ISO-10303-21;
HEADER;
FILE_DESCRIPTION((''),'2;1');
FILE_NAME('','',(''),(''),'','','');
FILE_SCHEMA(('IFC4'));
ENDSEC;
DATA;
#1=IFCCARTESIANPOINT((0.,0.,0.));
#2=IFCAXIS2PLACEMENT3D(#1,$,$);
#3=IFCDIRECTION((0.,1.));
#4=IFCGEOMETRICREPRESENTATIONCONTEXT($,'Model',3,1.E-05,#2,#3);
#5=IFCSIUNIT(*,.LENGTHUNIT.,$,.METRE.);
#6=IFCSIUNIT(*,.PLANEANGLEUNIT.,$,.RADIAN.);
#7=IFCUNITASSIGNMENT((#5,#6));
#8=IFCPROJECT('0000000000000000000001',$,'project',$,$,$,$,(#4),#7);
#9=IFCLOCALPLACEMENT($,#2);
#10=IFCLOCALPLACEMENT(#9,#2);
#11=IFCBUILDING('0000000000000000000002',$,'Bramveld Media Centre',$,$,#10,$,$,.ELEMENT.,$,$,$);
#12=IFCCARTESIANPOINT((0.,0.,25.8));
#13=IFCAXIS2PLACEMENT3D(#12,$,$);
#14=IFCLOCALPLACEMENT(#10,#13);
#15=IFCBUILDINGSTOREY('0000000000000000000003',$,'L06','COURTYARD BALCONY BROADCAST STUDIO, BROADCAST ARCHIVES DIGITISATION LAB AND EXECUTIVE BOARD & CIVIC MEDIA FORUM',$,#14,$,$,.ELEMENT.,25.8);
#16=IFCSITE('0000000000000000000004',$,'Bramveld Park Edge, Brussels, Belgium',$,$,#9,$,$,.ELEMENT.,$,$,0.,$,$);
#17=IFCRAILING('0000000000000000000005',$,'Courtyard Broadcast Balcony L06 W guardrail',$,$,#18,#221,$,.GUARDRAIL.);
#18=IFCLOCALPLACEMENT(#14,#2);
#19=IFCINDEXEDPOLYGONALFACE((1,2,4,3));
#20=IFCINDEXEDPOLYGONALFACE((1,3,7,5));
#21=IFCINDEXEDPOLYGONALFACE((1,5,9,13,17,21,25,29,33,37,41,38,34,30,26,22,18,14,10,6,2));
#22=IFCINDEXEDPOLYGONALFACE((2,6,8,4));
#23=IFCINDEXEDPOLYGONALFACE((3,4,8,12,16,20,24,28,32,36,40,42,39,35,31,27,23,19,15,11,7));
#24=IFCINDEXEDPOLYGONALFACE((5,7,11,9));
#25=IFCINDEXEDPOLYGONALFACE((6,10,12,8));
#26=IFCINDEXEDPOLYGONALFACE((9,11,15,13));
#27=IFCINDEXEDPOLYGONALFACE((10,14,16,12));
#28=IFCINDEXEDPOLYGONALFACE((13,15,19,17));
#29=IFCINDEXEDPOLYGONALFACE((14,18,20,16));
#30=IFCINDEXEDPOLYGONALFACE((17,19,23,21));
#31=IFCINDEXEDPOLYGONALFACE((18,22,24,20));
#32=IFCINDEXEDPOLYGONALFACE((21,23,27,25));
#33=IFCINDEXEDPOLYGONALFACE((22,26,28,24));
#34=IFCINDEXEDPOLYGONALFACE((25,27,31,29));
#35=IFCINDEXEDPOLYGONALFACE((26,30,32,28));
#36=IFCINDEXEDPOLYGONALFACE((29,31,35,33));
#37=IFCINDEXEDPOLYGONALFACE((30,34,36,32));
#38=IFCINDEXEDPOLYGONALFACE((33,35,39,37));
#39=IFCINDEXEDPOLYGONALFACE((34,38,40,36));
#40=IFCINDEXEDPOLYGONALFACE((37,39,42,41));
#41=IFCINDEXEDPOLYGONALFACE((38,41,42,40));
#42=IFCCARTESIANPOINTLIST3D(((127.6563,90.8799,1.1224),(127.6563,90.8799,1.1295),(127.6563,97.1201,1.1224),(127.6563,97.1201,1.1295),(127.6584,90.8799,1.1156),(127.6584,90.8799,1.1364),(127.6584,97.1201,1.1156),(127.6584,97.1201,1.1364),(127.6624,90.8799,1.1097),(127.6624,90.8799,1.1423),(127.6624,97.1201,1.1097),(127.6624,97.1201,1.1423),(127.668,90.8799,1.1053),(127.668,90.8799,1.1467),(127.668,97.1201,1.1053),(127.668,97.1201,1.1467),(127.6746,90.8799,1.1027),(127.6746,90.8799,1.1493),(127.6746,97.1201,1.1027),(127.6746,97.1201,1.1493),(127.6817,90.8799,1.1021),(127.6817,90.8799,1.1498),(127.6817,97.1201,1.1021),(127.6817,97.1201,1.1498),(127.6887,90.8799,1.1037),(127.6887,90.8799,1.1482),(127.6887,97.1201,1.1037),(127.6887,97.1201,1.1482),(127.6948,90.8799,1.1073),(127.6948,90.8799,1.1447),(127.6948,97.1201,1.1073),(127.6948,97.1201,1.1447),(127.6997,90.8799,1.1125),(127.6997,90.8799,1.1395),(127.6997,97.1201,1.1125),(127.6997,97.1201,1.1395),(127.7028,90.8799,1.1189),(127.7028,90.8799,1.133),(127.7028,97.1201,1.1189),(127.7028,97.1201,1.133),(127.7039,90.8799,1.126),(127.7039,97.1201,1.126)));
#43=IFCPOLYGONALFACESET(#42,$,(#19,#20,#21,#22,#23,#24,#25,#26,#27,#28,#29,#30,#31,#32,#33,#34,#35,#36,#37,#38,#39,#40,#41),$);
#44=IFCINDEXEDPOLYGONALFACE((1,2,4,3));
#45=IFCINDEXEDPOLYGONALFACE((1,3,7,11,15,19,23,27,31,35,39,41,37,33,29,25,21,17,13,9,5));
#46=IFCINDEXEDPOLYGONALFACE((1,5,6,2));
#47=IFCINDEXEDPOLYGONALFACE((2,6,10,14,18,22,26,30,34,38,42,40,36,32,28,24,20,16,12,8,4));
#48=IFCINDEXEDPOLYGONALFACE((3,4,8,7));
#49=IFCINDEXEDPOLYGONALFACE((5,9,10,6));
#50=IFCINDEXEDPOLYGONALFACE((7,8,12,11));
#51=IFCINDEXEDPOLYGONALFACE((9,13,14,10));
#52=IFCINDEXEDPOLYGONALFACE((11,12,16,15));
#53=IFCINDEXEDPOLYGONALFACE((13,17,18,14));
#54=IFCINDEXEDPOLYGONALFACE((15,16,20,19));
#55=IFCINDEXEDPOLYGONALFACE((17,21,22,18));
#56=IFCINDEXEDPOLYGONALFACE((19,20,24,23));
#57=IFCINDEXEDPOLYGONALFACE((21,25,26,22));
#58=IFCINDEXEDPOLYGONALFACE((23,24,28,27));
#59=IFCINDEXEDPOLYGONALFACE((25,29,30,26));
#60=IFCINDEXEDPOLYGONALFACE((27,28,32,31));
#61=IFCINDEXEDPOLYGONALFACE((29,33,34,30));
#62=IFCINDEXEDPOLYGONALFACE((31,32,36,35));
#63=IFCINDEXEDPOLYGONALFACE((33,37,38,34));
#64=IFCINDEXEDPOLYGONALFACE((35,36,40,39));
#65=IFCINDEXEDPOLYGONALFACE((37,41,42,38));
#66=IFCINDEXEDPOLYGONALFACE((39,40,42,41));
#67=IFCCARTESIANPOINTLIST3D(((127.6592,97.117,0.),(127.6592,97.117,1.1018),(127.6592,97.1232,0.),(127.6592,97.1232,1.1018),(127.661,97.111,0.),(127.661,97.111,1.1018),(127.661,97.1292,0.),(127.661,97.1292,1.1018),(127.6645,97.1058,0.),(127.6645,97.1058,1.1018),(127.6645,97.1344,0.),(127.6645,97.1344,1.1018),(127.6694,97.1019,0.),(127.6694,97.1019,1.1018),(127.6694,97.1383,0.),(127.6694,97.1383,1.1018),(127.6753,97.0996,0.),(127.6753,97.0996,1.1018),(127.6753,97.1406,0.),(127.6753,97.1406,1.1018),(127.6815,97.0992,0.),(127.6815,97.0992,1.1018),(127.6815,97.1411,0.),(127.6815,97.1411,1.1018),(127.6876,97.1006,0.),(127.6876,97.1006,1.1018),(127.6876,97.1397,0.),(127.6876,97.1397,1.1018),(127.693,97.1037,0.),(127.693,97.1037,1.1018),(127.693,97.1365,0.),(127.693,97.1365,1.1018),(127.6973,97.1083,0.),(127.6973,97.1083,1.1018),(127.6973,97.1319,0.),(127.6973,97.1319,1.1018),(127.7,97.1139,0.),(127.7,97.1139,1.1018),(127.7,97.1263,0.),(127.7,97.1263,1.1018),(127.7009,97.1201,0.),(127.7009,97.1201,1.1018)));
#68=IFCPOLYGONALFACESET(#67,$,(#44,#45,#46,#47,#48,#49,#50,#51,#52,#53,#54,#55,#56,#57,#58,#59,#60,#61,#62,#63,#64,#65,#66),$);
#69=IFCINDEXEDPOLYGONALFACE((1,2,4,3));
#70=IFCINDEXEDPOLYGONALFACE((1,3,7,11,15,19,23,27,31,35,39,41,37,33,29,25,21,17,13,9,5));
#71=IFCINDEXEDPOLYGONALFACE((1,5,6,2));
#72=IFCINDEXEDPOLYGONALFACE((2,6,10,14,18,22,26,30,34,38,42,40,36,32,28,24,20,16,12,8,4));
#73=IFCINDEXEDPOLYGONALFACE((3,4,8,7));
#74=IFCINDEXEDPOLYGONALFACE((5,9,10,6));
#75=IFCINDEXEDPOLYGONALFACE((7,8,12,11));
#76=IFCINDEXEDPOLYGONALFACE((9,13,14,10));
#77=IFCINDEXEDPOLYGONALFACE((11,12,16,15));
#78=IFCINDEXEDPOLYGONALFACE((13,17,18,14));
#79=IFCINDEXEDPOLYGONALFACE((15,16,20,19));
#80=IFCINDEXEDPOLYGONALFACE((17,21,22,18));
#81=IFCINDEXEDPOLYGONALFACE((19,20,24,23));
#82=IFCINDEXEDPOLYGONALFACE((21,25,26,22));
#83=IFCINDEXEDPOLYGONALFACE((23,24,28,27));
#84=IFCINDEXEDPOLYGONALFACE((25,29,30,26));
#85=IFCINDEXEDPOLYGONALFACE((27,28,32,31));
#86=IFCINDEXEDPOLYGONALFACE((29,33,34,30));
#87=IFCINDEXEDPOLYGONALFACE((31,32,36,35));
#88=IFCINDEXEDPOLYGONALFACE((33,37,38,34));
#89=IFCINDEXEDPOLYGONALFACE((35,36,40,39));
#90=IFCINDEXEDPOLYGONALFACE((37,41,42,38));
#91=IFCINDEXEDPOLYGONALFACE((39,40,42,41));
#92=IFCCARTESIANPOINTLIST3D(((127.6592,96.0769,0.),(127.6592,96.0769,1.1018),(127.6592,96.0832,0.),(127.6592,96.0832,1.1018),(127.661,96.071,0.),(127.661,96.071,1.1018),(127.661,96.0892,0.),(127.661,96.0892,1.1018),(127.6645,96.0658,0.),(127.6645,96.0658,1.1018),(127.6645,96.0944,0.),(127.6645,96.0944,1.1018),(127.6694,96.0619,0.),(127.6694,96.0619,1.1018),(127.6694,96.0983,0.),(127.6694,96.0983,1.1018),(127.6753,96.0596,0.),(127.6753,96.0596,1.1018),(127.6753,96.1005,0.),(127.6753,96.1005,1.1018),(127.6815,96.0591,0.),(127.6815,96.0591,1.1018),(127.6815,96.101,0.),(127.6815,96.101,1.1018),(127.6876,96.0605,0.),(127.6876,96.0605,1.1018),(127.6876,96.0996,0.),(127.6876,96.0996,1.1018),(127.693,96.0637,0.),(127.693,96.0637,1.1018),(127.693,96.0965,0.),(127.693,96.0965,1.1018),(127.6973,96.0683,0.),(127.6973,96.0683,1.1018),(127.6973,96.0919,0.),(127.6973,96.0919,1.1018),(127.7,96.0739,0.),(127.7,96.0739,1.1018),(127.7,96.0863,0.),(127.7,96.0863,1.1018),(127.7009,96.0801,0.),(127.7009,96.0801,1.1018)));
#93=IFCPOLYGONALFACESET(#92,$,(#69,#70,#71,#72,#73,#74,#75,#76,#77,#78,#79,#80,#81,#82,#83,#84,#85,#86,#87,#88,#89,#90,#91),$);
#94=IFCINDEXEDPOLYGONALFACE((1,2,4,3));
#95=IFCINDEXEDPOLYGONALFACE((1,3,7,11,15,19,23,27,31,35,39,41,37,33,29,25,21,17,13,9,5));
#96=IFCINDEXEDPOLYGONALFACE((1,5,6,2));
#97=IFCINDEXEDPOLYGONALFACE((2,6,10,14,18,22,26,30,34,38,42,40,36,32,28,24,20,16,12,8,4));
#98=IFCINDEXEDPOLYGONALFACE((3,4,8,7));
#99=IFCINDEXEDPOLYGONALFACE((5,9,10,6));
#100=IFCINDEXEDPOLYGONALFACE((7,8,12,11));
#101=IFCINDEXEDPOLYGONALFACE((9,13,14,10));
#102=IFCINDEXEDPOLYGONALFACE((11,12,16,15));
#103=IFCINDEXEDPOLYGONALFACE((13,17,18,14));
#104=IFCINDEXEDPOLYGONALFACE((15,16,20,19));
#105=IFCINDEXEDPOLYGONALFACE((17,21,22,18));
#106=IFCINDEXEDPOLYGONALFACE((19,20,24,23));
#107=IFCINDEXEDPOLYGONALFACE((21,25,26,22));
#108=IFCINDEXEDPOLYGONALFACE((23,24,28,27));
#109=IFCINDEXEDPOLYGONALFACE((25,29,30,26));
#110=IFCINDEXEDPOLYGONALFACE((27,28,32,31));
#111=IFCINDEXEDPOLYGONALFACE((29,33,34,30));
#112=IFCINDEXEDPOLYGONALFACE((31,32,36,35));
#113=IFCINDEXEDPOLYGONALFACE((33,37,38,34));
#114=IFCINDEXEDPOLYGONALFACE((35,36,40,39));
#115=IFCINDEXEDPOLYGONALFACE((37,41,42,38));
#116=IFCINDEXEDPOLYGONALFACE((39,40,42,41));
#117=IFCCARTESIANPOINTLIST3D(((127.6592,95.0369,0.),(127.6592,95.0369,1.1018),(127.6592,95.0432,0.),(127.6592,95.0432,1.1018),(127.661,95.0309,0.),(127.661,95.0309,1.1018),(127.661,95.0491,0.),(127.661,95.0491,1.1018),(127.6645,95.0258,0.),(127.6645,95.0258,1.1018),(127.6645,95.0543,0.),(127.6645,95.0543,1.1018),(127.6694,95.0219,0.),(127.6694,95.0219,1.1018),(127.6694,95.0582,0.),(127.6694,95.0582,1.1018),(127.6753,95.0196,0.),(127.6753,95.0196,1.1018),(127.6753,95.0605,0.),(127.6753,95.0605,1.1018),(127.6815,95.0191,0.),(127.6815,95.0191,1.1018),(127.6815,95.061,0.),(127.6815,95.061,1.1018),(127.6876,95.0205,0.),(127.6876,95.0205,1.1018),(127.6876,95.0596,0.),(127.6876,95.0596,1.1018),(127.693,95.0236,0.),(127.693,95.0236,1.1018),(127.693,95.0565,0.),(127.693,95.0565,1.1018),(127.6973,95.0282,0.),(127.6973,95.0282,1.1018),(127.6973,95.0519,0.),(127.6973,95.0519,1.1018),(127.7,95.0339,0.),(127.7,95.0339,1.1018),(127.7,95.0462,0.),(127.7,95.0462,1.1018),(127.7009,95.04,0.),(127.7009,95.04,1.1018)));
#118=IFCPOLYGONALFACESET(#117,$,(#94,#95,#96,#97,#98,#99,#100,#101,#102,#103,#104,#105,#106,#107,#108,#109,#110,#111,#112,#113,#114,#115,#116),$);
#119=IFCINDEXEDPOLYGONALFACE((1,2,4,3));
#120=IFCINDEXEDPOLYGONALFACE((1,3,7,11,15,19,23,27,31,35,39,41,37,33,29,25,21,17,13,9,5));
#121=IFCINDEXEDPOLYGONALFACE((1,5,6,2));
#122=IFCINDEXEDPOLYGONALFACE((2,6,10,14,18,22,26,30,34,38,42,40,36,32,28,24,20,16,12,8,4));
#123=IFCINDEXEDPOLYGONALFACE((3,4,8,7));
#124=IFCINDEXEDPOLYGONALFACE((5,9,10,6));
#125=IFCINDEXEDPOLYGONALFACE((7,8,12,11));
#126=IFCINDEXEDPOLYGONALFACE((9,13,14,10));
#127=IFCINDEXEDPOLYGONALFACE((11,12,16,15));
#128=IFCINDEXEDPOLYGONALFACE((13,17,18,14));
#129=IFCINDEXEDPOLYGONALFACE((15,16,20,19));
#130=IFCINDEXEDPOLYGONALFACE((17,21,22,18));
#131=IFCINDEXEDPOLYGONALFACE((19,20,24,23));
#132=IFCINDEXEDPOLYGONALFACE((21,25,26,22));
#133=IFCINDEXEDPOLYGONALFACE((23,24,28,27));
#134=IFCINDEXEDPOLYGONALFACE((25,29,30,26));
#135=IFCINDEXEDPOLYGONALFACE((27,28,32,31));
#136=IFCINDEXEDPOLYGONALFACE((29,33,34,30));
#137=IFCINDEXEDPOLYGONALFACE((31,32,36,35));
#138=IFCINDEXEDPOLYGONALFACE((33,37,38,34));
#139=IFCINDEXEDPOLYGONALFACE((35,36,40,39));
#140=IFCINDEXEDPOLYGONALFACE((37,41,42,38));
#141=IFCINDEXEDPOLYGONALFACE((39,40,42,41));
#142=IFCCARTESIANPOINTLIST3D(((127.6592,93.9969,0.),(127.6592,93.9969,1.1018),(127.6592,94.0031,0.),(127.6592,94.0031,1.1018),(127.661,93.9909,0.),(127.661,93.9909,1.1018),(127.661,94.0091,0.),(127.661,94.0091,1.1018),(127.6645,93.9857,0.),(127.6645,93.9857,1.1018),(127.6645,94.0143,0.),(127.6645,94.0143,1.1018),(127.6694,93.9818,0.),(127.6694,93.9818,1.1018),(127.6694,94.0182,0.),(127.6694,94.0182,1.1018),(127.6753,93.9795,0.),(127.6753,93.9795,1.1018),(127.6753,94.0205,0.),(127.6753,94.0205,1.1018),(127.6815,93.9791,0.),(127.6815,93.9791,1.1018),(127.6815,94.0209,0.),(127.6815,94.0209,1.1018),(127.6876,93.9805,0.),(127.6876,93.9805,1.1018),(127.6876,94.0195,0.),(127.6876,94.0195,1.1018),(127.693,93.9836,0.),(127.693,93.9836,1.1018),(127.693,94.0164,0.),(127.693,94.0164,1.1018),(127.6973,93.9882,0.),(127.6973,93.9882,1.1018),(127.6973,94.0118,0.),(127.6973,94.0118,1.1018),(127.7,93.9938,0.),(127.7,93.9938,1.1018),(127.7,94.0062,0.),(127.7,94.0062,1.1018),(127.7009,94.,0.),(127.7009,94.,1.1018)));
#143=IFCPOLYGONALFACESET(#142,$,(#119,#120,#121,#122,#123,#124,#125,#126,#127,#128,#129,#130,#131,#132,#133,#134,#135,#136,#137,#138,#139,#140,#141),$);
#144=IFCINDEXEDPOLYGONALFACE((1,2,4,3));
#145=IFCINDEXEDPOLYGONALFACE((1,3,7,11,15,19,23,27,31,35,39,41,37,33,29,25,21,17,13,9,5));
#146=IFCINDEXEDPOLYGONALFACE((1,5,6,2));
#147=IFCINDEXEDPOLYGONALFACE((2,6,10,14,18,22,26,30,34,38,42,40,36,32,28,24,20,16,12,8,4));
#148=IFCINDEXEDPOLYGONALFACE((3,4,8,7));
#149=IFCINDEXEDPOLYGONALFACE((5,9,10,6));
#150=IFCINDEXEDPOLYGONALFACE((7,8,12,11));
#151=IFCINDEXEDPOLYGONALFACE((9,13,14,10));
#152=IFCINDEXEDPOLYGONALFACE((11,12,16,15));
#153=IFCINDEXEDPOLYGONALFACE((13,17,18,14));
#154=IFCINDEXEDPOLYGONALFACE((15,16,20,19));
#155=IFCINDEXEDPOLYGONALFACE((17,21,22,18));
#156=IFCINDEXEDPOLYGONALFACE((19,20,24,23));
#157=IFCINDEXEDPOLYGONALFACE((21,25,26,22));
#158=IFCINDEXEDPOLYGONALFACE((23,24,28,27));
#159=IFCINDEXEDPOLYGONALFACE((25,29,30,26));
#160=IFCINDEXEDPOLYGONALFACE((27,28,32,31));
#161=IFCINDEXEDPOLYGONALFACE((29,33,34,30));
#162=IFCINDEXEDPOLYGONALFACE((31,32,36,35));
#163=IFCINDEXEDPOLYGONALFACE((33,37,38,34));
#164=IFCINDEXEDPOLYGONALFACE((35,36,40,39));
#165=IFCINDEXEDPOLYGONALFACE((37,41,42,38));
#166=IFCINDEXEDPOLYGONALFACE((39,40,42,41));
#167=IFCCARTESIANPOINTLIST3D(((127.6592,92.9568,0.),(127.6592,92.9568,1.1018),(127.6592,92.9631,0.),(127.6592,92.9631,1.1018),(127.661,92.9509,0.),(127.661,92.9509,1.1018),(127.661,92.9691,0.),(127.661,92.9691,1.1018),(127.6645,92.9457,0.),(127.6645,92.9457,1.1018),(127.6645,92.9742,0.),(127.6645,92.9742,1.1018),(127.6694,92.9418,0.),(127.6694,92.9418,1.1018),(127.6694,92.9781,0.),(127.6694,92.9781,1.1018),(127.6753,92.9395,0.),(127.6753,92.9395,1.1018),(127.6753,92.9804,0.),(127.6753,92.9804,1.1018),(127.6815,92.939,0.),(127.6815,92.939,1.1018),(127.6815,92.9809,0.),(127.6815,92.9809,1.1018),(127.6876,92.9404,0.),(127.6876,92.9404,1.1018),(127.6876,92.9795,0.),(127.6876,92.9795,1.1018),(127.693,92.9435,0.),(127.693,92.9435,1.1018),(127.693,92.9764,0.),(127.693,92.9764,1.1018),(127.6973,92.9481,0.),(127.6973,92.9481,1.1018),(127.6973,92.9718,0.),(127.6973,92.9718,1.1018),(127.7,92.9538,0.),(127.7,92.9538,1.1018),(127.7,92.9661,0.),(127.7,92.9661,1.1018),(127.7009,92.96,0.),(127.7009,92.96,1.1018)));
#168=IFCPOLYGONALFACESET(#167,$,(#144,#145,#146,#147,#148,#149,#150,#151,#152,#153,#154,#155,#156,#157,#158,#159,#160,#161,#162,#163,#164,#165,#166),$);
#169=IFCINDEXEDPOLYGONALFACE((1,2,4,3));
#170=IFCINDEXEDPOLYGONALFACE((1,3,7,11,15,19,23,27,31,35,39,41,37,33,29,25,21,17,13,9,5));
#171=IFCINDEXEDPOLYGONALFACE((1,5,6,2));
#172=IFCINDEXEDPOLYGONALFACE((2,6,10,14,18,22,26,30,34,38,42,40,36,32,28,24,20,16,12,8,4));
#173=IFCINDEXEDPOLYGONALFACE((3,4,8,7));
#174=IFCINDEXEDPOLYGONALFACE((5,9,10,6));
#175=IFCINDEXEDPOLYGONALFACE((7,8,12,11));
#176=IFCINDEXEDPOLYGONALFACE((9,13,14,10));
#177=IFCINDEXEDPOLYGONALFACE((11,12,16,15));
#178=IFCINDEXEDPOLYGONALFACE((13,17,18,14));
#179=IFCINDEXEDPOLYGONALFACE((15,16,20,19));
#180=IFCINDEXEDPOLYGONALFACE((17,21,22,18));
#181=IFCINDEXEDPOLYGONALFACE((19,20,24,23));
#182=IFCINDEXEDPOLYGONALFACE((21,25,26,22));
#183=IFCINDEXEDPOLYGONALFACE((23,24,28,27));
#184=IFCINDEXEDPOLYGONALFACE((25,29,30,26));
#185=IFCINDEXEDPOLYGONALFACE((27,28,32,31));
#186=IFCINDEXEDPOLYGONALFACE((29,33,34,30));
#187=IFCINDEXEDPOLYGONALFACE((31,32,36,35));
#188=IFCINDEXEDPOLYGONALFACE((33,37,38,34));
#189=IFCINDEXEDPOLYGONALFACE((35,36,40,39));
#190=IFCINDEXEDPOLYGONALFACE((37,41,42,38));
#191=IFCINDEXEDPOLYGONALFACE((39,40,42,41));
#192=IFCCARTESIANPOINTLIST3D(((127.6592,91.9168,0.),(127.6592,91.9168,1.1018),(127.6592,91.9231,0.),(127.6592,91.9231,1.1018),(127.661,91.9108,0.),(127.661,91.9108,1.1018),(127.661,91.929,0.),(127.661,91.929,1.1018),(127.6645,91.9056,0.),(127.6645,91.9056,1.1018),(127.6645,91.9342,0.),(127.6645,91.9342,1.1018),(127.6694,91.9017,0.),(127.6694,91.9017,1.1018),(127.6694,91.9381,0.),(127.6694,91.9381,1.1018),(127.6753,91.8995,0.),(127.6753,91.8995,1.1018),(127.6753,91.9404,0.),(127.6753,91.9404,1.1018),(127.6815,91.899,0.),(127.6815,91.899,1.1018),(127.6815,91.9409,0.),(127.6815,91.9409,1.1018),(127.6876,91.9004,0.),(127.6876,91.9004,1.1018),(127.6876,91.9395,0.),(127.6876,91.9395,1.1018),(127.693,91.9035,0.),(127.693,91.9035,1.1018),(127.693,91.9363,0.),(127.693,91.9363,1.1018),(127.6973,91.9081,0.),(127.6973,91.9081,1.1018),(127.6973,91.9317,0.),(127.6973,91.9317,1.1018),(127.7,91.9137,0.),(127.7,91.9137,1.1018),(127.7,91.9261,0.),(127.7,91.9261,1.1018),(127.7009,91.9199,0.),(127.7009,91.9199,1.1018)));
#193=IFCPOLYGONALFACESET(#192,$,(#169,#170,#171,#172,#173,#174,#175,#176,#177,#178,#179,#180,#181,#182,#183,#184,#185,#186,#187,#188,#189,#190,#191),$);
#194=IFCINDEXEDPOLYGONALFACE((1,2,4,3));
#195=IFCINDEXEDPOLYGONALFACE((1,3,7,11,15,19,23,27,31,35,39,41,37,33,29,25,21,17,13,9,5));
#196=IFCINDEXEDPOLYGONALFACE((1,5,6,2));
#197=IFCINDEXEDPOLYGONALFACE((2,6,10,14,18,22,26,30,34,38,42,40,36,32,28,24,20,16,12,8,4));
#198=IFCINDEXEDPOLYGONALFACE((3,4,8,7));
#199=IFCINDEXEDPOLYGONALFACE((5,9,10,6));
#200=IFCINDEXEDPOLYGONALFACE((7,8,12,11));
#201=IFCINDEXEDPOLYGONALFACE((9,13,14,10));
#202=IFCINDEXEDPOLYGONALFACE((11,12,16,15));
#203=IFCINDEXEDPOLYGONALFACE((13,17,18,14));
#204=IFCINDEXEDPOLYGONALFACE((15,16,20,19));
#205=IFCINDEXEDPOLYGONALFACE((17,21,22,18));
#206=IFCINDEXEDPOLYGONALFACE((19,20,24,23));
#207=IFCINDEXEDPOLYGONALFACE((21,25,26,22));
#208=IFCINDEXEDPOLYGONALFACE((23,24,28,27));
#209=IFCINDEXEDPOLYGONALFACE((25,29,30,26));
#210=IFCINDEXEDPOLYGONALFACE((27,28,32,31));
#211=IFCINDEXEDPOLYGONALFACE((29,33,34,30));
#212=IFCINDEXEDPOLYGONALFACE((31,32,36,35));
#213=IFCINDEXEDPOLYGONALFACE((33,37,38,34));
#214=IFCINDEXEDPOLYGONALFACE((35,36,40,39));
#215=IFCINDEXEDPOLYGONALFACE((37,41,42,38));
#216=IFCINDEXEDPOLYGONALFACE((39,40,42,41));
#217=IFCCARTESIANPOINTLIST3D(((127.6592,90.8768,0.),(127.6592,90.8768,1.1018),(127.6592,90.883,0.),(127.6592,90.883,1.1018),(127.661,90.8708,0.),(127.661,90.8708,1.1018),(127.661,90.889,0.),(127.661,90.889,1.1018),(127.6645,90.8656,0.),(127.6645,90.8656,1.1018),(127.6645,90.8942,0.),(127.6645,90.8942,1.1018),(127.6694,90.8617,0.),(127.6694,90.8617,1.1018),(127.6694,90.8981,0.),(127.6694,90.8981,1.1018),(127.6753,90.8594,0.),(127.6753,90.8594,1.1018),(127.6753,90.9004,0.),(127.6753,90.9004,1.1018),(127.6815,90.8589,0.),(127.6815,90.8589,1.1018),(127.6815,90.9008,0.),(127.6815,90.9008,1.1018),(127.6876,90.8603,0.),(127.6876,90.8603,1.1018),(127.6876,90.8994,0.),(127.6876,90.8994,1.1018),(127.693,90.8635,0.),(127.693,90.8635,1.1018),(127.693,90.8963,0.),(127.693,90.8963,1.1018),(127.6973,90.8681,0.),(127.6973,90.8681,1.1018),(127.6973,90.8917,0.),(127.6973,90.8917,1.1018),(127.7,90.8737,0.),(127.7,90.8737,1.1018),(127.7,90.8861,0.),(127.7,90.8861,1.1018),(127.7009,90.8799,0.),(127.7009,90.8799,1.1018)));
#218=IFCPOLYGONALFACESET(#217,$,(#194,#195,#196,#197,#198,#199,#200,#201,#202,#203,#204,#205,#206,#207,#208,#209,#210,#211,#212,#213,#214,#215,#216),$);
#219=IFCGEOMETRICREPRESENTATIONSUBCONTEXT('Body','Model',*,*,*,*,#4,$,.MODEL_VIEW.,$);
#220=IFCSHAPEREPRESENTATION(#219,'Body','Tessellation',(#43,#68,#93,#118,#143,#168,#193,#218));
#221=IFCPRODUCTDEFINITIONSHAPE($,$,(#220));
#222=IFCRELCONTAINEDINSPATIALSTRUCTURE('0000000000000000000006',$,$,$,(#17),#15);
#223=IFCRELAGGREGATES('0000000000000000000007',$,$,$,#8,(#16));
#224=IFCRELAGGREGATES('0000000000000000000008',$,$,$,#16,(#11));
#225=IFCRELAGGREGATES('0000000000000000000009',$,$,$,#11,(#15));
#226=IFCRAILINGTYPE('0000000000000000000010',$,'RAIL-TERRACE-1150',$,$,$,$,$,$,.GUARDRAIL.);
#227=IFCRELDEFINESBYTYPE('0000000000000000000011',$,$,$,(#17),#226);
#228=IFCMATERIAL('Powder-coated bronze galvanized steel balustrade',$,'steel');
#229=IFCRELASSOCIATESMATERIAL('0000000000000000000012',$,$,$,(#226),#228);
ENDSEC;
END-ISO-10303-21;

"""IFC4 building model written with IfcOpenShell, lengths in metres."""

from ifc_helpers import new_model, si_unit, direction, frame, origin, origin_2d, place, context, subcontext, project, spatial, circle, extrude, material, type_object, element, save


model = new_model("IFC4")

# Units and contexts
model_context = context("Model", 3, precision=1e-05, world=origin(), true_north=direction((0.0, 1.0)))
body_context = subcontext(model_context, "Body", "Model", "MODEL_VIEW")
ifc_project = project(units=[si_unit("LENGTHUNIT", "METRE"), si_unit("PLANEANGLEUNIT", "RADIAN")], contexts=[model_context])

# Site, building, storey
site_placement = place(None, origin())
site = spatial("IfcSite", under=ifc_project, at=site_placement, Name="Bramveld Park Edge, Brussels, Belgium", CompositionType="ELEMENT", RefElevation=0.0)
building_placement = place(site_placement, origin())
building = spatial("IfcBuilding", under=site, at=building_placement, Name="Bramveld Media Centre", CompositionType="ELEMENT")
storey_placement = place(building_placement, frame((0.0, 0.0, 25.8)))
storey = spatial("IfcBuildingStorey", under=building, at=storey_placement, Name="L06", Description="COURTYARD BALCONY BROADCAST STUDIO, BROADCAST ARCHIVES DIGITISATION LAB AND EXECUTIVE BOARD & CIVIC MEDIA FORUM", CompositionType="ELEMENT", Elevation=25.8)

# Railing
ifc_material_1 = material(Name="Powder-coated bronze galvanized steel balustrade", Category="steel")
railing_type = type_object("IfcRailingType", Name="RAIL-TERRACE-1150", PredefinedType="GUARDRAIL", material=ifc_material_1)
railing_1_placement = place(storey_placement, frame((127.6799, 97.1201, 0.0)))
element("IfcRailing", 1, at=railing_1_placement, inside=storey, type_object=railing_type, Name="Courtyard Broadcast Balcony L06 W guardrail", PredefinedType="GUARDRAIL", context=body_context, shape_type="SweptSolid", body=[
    extrude(circle(Radius=0.0239, at=origin_2d()), frame((0.0, 0.0, 1.126), z_axis=(0.0, -1.0, 0.0), x_axis=(1.0, 0.0, 0.0)), (0.0, 0.0, 1.0), 6.2402),
    extrude(circle(Radius=0.021, at=origin_2d()), origin(), (0.0, 0.0, 1.0), 1.1018),
    extrude(circle(Radius=0.021, at=origin_2d()), frame((0.0, -1.04, 0.0)), (0.0, 0.0, 1.0), 1.1018),
    extrude(circle(Radius=0.021, at=origin_2d()), frame((0.0, -2.0801, 0.0)), (0.0, 0.0, 1.0), 1.1018),
    extrude(circle(Radius=0.021, at=origin_2d()), frame((0.0, -3.1201, 0.0)), (0.0, 0.0, 1.0), 1.1018),
    extrude(circle(Radius=0.021, at=origin_2d()), frame((0.0, -4.1602, 0.0)), (0.0, 0.0, 1.0), 1.1018),
    extrude(circle(Radius=0.021, at=origin_2d()), frame((0.0, -5.2002, 0.0)), (0.0, 0.0, 1.0), 1.1018),
    extrude(circle(Radius=0.021, at=origin_2d()), frame((0.0, -6.2402, 0.0)), (0.0, 0.0, 1.0), 1.1018),
])

save(model, "model.ifc")
